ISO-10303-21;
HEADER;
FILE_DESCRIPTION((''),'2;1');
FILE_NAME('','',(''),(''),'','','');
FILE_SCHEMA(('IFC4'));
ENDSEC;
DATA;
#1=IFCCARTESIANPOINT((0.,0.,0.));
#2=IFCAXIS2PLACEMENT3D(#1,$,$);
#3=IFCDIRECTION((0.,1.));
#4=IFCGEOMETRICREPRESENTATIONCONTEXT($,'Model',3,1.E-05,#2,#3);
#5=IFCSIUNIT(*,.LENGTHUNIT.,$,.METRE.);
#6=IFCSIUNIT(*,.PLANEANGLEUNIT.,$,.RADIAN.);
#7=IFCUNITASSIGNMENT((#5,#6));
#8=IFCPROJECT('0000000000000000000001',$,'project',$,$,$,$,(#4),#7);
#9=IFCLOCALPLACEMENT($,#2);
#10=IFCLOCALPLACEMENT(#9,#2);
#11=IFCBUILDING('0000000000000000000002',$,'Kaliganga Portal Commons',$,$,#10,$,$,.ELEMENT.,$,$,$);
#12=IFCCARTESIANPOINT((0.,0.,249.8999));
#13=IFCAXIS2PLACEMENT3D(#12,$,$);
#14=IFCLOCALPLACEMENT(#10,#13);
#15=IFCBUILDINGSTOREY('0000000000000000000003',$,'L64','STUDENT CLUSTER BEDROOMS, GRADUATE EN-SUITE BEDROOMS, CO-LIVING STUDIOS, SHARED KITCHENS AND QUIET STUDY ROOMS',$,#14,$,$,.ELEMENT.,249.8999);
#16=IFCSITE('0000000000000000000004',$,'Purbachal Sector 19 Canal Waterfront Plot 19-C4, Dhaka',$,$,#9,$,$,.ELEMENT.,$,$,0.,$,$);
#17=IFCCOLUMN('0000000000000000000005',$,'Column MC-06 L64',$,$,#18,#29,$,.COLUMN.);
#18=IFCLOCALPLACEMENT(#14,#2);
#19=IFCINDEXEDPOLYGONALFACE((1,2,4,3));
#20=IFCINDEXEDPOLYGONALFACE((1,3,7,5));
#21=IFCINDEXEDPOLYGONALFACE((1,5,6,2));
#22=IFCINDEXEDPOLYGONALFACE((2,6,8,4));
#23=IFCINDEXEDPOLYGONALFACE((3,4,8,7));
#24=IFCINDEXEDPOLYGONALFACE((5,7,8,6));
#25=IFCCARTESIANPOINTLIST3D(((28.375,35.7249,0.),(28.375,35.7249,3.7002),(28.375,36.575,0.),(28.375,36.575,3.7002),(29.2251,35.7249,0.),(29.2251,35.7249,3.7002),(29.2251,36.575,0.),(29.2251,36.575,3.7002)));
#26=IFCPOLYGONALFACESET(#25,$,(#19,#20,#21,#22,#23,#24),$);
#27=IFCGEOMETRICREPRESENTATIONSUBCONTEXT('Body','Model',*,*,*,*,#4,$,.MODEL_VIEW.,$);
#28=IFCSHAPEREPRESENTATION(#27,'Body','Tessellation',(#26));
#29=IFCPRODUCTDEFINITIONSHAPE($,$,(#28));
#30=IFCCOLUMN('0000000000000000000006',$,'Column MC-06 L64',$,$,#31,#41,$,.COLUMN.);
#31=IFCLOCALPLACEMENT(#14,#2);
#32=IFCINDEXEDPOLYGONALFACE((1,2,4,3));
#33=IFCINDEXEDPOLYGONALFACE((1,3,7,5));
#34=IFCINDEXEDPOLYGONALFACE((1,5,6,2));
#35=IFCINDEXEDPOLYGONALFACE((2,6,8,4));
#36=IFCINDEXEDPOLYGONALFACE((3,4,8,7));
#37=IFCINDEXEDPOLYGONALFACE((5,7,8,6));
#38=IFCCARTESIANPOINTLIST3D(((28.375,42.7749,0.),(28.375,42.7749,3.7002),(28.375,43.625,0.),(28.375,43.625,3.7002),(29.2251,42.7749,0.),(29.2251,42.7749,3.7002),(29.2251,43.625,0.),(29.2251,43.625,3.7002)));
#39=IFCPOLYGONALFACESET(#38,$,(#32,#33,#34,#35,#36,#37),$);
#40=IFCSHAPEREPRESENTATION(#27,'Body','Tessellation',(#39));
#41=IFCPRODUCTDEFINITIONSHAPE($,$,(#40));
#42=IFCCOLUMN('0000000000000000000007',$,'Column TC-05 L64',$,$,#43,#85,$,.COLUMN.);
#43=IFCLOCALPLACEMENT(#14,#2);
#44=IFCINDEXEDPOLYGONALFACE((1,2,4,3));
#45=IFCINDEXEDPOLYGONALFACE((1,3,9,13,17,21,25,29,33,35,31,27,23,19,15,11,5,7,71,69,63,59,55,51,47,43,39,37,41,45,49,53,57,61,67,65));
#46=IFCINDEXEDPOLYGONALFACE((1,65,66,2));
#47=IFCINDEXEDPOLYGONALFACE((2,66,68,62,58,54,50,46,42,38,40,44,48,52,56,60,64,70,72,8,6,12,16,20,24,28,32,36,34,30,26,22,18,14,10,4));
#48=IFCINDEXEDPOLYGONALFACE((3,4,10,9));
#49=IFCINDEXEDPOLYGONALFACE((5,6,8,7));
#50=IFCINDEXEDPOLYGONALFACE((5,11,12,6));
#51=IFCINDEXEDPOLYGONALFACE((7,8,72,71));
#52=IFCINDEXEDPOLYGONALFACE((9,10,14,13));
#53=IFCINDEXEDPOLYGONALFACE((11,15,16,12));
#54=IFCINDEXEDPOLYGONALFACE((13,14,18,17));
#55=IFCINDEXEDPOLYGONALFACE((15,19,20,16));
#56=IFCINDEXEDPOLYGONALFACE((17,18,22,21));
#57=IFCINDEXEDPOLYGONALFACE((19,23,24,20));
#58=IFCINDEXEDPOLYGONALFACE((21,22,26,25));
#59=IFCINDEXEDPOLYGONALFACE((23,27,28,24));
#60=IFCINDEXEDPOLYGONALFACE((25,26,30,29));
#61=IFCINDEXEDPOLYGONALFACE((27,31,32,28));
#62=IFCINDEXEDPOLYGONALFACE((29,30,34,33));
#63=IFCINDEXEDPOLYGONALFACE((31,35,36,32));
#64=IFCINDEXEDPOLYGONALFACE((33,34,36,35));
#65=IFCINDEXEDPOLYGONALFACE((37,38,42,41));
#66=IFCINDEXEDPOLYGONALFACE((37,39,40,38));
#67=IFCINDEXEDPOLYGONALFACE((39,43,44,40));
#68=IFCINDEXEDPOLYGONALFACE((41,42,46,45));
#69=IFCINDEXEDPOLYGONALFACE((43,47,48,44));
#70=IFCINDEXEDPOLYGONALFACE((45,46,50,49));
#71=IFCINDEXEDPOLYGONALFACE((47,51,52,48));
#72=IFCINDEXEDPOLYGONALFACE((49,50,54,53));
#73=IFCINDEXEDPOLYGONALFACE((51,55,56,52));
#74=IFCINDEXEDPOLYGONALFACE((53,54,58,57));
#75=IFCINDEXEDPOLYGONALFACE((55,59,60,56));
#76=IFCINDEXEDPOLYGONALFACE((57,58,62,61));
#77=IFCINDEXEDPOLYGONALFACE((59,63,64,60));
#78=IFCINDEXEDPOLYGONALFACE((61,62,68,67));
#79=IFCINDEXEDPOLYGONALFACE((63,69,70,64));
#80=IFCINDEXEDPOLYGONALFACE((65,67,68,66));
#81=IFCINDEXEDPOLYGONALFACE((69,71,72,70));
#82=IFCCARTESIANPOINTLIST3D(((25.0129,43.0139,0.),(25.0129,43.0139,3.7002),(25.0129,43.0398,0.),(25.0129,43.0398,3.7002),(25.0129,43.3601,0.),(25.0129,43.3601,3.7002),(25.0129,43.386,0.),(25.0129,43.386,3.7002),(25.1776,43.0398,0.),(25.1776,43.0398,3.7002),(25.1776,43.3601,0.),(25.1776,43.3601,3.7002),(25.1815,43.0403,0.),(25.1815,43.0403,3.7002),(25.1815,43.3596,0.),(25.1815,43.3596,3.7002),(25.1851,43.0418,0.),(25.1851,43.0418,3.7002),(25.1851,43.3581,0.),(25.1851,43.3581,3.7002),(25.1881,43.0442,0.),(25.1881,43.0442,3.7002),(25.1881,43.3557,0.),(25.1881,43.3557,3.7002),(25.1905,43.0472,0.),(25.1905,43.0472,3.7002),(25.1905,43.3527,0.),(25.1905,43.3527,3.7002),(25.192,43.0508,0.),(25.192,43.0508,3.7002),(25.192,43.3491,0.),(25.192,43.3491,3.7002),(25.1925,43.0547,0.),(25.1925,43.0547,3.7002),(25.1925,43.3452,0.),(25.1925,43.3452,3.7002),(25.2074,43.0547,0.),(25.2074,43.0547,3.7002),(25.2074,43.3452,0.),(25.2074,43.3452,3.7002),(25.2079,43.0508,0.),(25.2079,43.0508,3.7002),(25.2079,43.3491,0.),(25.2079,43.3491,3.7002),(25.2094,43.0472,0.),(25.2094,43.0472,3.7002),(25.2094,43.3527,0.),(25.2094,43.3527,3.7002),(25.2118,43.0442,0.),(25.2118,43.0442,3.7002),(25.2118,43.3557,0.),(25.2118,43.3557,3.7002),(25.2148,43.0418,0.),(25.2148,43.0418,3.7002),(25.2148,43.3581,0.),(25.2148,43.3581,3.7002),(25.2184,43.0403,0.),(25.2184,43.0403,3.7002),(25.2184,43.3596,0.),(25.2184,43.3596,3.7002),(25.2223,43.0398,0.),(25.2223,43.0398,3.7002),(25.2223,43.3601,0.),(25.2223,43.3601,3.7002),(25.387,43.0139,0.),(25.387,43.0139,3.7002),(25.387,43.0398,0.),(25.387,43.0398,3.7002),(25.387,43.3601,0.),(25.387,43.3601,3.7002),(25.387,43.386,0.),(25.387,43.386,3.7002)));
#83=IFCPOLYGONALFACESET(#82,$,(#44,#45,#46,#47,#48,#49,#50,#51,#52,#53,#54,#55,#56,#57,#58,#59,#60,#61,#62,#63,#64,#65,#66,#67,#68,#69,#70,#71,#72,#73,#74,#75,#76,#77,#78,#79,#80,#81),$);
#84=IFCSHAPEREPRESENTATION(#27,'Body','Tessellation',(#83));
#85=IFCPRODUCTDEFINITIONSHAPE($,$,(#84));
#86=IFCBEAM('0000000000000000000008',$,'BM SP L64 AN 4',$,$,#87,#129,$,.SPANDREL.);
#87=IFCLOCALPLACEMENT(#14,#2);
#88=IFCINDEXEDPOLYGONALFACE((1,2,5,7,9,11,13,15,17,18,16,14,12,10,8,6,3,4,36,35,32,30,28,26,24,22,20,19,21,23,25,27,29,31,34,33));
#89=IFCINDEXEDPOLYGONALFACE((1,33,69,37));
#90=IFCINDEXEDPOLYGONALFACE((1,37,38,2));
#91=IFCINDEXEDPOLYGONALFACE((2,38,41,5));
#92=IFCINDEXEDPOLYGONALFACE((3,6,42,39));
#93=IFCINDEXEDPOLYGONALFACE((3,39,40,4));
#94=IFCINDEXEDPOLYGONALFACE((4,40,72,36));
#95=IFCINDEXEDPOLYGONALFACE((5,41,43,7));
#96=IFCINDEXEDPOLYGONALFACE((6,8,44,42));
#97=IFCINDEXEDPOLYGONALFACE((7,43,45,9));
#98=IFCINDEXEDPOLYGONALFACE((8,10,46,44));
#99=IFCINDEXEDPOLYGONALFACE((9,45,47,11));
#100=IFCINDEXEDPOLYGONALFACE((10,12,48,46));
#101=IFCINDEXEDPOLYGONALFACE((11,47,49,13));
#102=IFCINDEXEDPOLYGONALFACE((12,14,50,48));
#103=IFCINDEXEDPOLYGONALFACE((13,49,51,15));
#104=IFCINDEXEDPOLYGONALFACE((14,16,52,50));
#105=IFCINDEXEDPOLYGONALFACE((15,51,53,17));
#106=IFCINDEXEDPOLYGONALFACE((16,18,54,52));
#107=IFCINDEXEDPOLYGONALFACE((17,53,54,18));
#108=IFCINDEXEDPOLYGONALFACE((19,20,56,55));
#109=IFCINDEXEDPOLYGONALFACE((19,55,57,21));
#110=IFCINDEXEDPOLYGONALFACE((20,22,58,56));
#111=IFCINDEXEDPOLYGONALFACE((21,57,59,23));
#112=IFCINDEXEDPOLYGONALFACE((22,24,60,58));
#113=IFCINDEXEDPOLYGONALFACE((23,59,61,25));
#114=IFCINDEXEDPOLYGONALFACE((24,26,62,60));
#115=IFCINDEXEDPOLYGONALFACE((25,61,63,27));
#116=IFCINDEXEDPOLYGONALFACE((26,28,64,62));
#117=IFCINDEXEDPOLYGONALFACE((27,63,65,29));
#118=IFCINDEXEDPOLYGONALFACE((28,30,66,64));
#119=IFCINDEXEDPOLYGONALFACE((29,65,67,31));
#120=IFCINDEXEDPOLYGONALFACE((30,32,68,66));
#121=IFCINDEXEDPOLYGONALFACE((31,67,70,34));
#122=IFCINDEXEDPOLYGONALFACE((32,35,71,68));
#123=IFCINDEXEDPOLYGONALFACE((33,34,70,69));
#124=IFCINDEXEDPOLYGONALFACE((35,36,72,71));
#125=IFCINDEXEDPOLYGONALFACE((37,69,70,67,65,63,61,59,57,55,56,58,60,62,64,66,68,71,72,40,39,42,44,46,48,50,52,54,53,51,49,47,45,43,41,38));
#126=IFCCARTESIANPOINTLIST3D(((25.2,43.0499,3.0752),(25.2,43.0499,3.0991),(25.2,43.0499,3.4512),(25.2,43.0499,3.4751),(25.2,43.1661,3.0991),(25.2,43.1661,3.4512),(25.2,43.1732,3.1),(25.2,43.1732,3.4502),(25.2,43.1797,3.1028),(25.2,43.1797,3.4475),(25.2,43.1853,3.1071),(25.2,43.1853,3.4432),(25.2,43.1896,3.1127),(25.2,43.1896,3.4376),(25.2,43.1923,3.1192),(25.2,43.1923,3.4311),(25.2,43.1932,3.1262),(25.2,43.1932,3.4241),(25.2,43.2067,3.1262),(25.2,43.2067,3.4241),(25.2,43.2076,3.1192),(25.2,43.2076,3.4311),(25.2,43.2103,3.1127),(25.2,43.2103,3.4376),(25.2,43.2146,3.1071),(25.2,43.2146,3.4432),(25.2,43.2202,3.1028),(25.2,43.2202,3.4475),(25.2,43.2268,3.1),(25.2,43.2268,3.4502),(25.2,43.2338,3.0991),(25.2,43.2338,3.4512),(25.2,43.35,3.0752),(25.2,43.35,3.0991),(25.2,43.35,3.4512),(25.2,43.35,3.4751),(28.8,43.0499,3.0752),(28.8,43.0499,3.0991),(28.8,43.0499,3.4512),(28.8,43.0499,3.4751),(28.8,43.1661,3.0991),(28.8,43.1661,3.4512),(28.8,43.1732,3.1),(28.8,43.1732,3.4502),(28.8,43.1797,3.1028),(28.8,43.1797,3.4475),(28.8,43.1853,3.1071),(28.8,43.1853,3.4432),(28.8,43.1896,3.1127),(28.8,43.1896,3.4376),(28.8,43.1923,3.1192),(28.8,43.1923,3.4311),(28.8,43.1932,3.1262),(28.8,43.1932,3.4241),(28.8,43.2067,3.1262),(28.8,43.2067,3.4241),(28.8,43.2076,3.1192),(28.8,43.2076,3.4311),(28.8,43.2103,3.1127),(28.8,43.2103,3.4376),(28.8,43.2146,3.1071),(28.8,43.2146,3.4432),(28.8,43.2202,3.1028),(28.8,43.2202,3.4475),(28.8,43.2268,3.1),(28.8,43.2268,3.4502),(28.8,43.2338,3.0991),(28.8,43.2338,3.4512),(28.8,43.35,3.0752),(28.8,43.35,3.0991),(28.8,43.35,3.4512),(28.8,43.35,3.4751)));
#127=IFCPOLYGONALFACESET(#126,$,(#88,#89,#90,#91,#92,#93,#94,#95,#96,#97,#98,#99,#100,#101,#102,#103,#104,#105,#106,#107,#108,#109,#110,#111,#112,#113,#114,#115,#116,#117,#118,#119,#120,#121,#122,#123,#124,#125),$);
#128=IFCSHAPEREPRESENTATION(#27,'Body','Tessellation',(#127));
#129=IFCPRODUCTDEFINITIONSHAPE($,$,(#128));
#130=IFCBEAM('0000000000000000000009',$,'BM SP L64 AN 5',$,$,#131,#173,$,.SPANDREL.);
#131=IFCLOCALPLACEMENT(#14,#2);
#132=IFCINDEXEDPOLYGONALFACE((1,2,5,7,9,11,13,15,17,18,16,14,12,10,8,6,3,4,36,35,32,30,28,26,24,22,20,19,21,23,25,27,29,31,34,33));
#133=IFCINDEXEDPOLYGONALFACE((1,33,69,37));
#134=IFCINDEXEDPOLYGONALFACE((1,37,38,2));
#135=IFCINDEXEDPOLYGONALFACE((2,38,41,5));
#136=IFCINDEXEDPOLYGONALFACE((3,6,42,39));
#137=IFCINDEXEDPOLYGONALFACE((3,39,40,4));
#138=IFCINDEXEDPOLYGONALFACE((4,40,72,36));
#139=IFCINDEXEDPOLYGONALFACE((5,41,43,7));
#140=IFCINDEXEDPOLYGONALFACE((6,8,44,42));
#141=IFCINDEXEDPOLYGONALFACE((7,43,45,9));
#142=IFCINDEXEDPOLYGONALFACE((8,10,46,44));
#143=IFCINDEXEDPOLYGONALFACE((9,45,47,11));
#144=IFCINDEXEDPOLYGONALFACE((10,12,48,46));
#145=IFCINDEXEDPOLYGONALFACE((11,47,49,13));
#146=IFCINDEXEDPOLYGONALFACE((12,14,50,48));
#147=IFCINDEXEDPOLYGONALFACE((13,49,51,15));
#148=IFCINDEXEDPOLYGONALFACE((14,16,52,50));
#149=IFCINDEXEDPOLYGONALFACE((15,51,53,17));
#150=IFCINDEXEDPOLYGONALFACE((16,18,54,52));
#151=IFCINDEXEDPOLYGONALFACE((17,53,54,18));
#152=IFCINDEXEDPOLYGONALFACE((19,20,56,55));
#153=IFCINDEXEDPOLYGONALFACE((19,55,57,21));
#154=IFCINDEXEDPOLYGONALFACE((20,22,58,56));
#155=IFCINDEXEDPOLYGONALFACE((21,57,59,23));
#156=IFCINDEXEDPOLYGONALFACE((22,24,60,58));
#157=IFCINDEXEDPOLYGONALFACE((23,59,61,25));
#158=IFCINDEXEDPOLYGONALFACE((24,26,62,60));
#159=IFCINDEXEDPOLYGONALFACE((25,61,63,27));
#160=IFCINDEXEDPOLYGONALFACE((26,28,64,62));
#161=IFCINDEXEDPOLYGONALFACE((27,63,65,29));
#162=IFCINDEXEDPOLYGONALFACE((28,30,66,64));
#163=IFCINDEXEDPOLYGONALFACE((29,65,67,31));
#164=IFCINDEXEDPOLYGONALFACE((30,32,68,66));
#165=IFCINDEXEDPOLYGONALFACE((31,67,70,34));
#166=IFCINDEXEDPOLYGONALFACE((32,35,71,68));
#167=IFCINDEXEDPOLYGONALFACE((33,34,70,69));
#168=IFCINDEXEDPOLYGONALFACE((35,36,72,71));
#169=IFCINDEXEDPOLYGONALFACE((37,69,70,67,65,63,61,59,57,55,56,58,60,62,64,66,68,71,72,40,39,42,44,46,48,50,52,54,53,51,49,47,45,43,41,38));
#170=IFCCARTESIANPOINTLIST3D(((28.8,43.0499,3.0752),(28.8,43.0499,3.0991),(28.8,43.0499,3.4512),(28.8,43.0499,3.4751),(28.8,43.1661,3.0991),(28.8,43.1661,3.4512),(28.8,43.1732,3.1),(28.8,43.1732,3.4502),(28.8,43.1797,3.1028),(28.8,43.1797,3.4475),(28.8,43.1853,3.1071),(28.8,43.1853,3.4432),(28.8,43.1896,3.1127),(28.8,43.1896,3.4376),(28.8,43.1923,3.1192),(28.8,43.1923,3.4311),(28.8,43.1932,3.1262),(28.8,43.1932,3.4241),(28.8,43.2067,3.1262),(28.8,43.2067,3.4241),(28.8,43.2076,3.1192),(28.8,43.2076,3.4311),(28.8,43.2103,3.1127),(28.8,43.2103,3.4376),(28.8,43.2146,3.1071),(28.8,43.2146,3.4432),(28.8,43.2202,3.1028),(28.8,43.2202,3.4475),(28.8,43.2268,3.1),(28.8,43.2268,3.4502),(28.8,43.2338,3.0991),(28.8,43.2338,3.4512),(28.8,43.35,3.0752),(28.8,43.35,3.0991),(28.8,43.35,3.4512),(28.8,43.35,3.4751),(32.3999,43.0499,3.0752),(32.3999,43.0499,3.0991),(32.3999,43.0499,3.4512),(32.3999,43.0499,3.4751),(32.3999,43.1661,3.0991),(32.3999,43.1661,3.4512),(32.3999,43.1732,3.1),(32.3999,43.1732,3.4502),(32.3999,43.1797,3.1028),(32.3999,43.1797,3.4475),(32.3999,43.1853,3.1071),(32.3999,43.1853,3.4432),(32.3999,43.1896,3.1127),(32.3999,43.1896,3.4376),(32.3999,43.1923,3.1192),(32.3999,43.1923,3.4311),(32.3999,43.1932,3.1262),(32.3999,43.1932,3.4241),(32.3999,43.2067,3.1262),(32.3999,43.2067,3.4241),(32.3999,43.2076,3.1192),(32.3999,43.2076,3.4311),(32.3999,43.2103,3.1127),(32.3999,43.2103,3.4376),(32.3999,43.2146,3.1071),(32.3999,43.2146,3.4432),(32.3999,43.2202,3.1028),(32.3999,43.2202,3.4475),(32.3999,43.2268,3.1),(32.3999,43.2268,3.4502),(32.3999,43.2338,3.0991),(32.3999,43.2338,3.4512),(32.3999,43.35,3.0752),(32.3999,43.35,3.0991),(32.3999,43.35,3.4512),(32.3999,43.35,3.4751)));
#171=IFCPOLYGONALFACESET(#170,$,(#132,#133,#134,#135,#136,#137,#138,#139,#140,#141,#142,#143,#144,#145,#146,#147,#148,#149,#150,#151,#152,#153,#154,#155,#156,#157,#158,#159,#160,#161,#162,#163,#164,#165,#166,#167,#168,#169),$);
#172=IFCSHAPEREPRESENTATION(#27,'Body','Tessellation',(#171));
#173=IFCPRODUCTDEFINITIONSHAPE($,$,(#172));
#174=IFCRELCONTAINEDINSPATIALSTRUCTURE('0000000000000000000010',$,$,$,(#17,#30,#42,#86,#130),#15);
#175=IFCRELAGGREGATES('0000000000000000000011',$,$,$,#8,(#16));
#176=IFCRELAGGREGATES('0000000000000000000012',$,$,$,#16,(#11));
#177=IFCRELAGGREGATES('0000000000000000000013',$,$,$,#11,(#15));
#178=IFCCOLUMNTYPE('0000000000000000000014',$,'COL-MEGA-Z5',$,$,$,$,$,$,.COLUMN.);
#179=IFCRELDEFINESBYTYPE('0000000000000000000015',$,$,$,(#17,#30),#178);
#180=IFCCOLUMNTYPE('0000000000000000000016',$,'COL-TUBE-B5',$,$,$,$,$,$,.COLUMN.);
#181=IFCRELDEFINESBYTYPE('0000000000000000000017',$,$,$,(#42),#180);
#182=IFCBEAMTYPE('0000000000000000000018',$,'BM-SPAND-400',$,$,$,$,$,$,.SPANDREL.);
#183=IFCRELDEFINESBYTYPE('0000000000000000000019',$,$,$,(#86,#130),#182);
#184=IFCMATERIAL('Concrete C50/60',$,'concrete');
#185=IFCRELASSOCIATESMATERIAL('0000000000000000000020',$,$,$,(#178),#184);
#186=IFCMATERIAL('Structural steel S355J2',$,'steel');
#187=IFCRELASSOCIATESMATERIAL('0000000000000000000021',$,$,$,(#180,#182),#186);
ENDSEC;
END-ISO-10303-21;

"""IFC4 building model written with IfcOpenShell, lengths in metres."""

from ifc_helpers import new_model, si_unit, direction, frame, origin, origin_2d, place, context, subcontext, project, spatial, rectangle, i_section, extrude, source, transform, mapped, material, material_profile, profile_set, type_object, element, save


model = new_model("IFC4")

# Units and contexts
model_context = context("Model", 3, precision=1e-05, world=origin(), true_north=direction((0.0, 1.0)))
body_context = subcontext(model_context, "Body", "Model", "MODEL_VIEW")
ifc_project = project(units=[si_unit("LENGTHUNIT", "METRE"), si_unit("PLANEANGLEUNIT", "RADIAN")], contexts=[model_context])

# Site, building, storey
site_placement = place(None, origin())
site = spatial("IfcSite", under=ifc_project, at=site_placement, Name="Purbachal Sector 19 Canal Waterfront Plot 19-C4, Dhaka", CompositionType="ELEMENT", RefElevation=0.0)
building_placement = place(site_placement, origin())
building = spatial("IfcBuilding", under=site, at=building_placement, Name="Kaliganga Portal Commons", CompositionType="ELEMENT")
storey_placement = place(building_placement, frame((0.0, 0.0, 249.8999)))
storey = spatial("IfcBuildingStorey", under=building, at=storey_placement, Name="L64", Description="STUDENT CLUSTER BEDROOMS, GRADUATE EN-SUITE BEDROOMS, CO-LIVING STUDIOS, SHARED KITCHENS AND QUIET STUDY ROOMS", CompositionType="ELEMENT", Elevation=249.8999)

# Columns
ifc_material_1 = material(Name="Concrete C50/60", Category="concrete")
ifc_material_profile_1 = material_profile(ifc_material_1, rectangle(XDim=0.8501, YDim=0.8501, at=origin_2d()), Name="RC 850x850")
ifc_profile_set_1 = profile_set([ifc_material_profile_1], Name="Concrete C50/60")
column_type_1 = type_object("IfcColumnType", Name="COL-MEGA-Z5", PredefinedType="COLUMN", material=ifc_profile_set_1)
shared_shape_1 = source(origin(), body_context, "Body", "SweptSolid", [
    extrude(rectangle(XDim=0.8501, YDim=0.8501, at=origin_2d()), origin(), (0.0, 0.0, 1.0), 3.7002),
])
for number, where, z_axis, x_axis, name in (
    (1, (28.8, 36.1499, 0.0), (0.0, 0.0, 1.0), (1.0, 0.0, 0.0), "Column MC-06 L64"),
    (2, (28.8, 43.2, 0.0), (0.0, 0.0, 1.0), (1.0, 0.0, 0.0), "Column MC-06 L64"),
):
    element("IfcColumn", number, at=place(storey_placement, frame(where, z_axis=z_axis, x_axis=x_axis)), inside=storey, type_object=column_type_1, Name=name, PredefinedType="COLUMN", context=body_context, shape_type="MappedRepresentation", body=[
        mapped(shared_shape_1, transform((0.0, 0.0, 0.0), x_axis=(1.0, 0.0, 0.0), y_axis=(0.0, 1.0, 0.0), z_axis=(0.0, 0.0, 1.0), scale=1.0)),
    ])
ifc_material_2 = material(Name="Structural steel S355J2", Category="steel")
ifc_material_profile_2 = material_profile(ifc_material_2, i_section(OverallWidth=0.374, OverallDepth=0.3721, WebThickness=0.0149, FlangeThickness=0.0259, FilletRadius=0.0149, at=origin_2d()), Name="HD 360x196")
ifc_profile_set_2 = profile_set([ifc_material_profile_2], Name="Structural steel S355J2 wide-flange")
column_type_2 = type_object("IfcColumnType", Name="COL-TUBE-B5", PredefinedType="COLUMN", material=ifc_profile_set_2)
shared_shape_2 = source(origin(), body_context, "Body", "SweptSolid", [
    extrude(i_section(OverallWidth=0.374, OverallDepth=0.3721, WebThickness=0.0149, FlangeThickness=0.0259, FilletRadius=0.0149, at=origin_2d()), origin(), (0.0, 0.0, 1.0), 3.7002),
])
column_placement = place(storey_placement, frame((25.2, 43.2, 0.0), z_axis=(0.0, 0.0, 1.0), x_axis=(1.0, 0.0, 0.0)))
element("IfcColumn", 3, at=column_placement, inside=storey, type_object=column_type_2, Name="Column TC-05 L64", PredefinedType="COLUMN", context=body_context, shape_type="MappedRepresentation", body=[
    mapped(shared_shape_2, transform((0.0, 0.0, 0.0), x_axis=(1.0, 0.0, 0.0), y_axis=(0.0, 1.0, 0.0), z_axis=(0.0, 0.0, 1.0), scale=1.0)),
])

# Beams
ifc_material_profile_3 = material_profile(ifc_material_2, i_section(OverallWidth=0.3, OverallDepth=0.3999, WebThickness=0.0134, FlangeThickness=0.0239, FilletRadius=0.0271, at=origin_2d()), Name="HE 400 B")
ifc_profile_set_3 = profile_set([ifc_material_profile_3], Name="Structural steel S355J2 wide-flange")
beam_type_1 = type_object("IfcBeamType", Name="BM-SPAND-400", PredefinedType="SPANDREL", material=ifc_profile_set_3)
shared_shape_3 = source(origin(), body_context, "Body", "SweptSolid", [
    extrude(i_section(OverallWidth=0.3, OverallDepth=0.3999, WebThickness=0.0134, FlangeThickness=0.0239, FilletRadius=0.0271, at=origin_2d()), origin(), (0.0, 0.0, 1.0), 3.6001),
])
beam_1_placement = place(storey_placement, frame((25.2, 43.2, 3.2751), z_axis=(1.0, 0.0, 0.0), x_axis=(0.0, 1.0, 0.0)))
element("IfcBeam", 4, at=beam_1_placement, inside=storey, type_object=beam_type_1, Name="BM SP L64 AN 4", PredefinedType="SPANDREL", context=body_context, shape_type="MappedRepresentation", body=[
    mapped(shared_shape_3, transform((0.0, 0.0, 0.0), x_axis=(1.0, 0.0, 0.0), y_axis=(0.0, 1.0, 0.0), z_axis=(0.0, 0.0, 1.0), scale=1.0)),
])
shared_shape_4 = source(origin(), body_context, "Body", "SweptSolid", [
    extrude(i_section(OverallWidth=0.3, OverallDepth=0.3999, WebThickness=0.0134, FlangeThickness=0.0239, FilletRadius=0.0271, at=origin_2d()), origin(), (0.0, 0.0, 1.0), 3.5999),
])
beam_2_placement = place(storey_placement, frame((28.8, 43.2, 3.2751), z_axis=(1.0, 0.0, 0.0), x_axis=(0.0, 1.0, 0.0)))
element("IfcBeam", 5, at=beam_2_placement, inside=storey, type_object=beam_type_1, Name="BM SP L64 AN 5", PredefinedType="SPANDREL", context=body_context, shape_type="MappedRepresentation", body=[
    mapped(shared_shape_4, transform((0.0, 0.0, 0.0), x_axis=(1.0, 0.0, 0.0), y_axis=(0.0, 1.0, 0.0), z_axis=(0.0, 0.0, 1.0), scale=1.0)),
])

save(model, "model.ifc")
